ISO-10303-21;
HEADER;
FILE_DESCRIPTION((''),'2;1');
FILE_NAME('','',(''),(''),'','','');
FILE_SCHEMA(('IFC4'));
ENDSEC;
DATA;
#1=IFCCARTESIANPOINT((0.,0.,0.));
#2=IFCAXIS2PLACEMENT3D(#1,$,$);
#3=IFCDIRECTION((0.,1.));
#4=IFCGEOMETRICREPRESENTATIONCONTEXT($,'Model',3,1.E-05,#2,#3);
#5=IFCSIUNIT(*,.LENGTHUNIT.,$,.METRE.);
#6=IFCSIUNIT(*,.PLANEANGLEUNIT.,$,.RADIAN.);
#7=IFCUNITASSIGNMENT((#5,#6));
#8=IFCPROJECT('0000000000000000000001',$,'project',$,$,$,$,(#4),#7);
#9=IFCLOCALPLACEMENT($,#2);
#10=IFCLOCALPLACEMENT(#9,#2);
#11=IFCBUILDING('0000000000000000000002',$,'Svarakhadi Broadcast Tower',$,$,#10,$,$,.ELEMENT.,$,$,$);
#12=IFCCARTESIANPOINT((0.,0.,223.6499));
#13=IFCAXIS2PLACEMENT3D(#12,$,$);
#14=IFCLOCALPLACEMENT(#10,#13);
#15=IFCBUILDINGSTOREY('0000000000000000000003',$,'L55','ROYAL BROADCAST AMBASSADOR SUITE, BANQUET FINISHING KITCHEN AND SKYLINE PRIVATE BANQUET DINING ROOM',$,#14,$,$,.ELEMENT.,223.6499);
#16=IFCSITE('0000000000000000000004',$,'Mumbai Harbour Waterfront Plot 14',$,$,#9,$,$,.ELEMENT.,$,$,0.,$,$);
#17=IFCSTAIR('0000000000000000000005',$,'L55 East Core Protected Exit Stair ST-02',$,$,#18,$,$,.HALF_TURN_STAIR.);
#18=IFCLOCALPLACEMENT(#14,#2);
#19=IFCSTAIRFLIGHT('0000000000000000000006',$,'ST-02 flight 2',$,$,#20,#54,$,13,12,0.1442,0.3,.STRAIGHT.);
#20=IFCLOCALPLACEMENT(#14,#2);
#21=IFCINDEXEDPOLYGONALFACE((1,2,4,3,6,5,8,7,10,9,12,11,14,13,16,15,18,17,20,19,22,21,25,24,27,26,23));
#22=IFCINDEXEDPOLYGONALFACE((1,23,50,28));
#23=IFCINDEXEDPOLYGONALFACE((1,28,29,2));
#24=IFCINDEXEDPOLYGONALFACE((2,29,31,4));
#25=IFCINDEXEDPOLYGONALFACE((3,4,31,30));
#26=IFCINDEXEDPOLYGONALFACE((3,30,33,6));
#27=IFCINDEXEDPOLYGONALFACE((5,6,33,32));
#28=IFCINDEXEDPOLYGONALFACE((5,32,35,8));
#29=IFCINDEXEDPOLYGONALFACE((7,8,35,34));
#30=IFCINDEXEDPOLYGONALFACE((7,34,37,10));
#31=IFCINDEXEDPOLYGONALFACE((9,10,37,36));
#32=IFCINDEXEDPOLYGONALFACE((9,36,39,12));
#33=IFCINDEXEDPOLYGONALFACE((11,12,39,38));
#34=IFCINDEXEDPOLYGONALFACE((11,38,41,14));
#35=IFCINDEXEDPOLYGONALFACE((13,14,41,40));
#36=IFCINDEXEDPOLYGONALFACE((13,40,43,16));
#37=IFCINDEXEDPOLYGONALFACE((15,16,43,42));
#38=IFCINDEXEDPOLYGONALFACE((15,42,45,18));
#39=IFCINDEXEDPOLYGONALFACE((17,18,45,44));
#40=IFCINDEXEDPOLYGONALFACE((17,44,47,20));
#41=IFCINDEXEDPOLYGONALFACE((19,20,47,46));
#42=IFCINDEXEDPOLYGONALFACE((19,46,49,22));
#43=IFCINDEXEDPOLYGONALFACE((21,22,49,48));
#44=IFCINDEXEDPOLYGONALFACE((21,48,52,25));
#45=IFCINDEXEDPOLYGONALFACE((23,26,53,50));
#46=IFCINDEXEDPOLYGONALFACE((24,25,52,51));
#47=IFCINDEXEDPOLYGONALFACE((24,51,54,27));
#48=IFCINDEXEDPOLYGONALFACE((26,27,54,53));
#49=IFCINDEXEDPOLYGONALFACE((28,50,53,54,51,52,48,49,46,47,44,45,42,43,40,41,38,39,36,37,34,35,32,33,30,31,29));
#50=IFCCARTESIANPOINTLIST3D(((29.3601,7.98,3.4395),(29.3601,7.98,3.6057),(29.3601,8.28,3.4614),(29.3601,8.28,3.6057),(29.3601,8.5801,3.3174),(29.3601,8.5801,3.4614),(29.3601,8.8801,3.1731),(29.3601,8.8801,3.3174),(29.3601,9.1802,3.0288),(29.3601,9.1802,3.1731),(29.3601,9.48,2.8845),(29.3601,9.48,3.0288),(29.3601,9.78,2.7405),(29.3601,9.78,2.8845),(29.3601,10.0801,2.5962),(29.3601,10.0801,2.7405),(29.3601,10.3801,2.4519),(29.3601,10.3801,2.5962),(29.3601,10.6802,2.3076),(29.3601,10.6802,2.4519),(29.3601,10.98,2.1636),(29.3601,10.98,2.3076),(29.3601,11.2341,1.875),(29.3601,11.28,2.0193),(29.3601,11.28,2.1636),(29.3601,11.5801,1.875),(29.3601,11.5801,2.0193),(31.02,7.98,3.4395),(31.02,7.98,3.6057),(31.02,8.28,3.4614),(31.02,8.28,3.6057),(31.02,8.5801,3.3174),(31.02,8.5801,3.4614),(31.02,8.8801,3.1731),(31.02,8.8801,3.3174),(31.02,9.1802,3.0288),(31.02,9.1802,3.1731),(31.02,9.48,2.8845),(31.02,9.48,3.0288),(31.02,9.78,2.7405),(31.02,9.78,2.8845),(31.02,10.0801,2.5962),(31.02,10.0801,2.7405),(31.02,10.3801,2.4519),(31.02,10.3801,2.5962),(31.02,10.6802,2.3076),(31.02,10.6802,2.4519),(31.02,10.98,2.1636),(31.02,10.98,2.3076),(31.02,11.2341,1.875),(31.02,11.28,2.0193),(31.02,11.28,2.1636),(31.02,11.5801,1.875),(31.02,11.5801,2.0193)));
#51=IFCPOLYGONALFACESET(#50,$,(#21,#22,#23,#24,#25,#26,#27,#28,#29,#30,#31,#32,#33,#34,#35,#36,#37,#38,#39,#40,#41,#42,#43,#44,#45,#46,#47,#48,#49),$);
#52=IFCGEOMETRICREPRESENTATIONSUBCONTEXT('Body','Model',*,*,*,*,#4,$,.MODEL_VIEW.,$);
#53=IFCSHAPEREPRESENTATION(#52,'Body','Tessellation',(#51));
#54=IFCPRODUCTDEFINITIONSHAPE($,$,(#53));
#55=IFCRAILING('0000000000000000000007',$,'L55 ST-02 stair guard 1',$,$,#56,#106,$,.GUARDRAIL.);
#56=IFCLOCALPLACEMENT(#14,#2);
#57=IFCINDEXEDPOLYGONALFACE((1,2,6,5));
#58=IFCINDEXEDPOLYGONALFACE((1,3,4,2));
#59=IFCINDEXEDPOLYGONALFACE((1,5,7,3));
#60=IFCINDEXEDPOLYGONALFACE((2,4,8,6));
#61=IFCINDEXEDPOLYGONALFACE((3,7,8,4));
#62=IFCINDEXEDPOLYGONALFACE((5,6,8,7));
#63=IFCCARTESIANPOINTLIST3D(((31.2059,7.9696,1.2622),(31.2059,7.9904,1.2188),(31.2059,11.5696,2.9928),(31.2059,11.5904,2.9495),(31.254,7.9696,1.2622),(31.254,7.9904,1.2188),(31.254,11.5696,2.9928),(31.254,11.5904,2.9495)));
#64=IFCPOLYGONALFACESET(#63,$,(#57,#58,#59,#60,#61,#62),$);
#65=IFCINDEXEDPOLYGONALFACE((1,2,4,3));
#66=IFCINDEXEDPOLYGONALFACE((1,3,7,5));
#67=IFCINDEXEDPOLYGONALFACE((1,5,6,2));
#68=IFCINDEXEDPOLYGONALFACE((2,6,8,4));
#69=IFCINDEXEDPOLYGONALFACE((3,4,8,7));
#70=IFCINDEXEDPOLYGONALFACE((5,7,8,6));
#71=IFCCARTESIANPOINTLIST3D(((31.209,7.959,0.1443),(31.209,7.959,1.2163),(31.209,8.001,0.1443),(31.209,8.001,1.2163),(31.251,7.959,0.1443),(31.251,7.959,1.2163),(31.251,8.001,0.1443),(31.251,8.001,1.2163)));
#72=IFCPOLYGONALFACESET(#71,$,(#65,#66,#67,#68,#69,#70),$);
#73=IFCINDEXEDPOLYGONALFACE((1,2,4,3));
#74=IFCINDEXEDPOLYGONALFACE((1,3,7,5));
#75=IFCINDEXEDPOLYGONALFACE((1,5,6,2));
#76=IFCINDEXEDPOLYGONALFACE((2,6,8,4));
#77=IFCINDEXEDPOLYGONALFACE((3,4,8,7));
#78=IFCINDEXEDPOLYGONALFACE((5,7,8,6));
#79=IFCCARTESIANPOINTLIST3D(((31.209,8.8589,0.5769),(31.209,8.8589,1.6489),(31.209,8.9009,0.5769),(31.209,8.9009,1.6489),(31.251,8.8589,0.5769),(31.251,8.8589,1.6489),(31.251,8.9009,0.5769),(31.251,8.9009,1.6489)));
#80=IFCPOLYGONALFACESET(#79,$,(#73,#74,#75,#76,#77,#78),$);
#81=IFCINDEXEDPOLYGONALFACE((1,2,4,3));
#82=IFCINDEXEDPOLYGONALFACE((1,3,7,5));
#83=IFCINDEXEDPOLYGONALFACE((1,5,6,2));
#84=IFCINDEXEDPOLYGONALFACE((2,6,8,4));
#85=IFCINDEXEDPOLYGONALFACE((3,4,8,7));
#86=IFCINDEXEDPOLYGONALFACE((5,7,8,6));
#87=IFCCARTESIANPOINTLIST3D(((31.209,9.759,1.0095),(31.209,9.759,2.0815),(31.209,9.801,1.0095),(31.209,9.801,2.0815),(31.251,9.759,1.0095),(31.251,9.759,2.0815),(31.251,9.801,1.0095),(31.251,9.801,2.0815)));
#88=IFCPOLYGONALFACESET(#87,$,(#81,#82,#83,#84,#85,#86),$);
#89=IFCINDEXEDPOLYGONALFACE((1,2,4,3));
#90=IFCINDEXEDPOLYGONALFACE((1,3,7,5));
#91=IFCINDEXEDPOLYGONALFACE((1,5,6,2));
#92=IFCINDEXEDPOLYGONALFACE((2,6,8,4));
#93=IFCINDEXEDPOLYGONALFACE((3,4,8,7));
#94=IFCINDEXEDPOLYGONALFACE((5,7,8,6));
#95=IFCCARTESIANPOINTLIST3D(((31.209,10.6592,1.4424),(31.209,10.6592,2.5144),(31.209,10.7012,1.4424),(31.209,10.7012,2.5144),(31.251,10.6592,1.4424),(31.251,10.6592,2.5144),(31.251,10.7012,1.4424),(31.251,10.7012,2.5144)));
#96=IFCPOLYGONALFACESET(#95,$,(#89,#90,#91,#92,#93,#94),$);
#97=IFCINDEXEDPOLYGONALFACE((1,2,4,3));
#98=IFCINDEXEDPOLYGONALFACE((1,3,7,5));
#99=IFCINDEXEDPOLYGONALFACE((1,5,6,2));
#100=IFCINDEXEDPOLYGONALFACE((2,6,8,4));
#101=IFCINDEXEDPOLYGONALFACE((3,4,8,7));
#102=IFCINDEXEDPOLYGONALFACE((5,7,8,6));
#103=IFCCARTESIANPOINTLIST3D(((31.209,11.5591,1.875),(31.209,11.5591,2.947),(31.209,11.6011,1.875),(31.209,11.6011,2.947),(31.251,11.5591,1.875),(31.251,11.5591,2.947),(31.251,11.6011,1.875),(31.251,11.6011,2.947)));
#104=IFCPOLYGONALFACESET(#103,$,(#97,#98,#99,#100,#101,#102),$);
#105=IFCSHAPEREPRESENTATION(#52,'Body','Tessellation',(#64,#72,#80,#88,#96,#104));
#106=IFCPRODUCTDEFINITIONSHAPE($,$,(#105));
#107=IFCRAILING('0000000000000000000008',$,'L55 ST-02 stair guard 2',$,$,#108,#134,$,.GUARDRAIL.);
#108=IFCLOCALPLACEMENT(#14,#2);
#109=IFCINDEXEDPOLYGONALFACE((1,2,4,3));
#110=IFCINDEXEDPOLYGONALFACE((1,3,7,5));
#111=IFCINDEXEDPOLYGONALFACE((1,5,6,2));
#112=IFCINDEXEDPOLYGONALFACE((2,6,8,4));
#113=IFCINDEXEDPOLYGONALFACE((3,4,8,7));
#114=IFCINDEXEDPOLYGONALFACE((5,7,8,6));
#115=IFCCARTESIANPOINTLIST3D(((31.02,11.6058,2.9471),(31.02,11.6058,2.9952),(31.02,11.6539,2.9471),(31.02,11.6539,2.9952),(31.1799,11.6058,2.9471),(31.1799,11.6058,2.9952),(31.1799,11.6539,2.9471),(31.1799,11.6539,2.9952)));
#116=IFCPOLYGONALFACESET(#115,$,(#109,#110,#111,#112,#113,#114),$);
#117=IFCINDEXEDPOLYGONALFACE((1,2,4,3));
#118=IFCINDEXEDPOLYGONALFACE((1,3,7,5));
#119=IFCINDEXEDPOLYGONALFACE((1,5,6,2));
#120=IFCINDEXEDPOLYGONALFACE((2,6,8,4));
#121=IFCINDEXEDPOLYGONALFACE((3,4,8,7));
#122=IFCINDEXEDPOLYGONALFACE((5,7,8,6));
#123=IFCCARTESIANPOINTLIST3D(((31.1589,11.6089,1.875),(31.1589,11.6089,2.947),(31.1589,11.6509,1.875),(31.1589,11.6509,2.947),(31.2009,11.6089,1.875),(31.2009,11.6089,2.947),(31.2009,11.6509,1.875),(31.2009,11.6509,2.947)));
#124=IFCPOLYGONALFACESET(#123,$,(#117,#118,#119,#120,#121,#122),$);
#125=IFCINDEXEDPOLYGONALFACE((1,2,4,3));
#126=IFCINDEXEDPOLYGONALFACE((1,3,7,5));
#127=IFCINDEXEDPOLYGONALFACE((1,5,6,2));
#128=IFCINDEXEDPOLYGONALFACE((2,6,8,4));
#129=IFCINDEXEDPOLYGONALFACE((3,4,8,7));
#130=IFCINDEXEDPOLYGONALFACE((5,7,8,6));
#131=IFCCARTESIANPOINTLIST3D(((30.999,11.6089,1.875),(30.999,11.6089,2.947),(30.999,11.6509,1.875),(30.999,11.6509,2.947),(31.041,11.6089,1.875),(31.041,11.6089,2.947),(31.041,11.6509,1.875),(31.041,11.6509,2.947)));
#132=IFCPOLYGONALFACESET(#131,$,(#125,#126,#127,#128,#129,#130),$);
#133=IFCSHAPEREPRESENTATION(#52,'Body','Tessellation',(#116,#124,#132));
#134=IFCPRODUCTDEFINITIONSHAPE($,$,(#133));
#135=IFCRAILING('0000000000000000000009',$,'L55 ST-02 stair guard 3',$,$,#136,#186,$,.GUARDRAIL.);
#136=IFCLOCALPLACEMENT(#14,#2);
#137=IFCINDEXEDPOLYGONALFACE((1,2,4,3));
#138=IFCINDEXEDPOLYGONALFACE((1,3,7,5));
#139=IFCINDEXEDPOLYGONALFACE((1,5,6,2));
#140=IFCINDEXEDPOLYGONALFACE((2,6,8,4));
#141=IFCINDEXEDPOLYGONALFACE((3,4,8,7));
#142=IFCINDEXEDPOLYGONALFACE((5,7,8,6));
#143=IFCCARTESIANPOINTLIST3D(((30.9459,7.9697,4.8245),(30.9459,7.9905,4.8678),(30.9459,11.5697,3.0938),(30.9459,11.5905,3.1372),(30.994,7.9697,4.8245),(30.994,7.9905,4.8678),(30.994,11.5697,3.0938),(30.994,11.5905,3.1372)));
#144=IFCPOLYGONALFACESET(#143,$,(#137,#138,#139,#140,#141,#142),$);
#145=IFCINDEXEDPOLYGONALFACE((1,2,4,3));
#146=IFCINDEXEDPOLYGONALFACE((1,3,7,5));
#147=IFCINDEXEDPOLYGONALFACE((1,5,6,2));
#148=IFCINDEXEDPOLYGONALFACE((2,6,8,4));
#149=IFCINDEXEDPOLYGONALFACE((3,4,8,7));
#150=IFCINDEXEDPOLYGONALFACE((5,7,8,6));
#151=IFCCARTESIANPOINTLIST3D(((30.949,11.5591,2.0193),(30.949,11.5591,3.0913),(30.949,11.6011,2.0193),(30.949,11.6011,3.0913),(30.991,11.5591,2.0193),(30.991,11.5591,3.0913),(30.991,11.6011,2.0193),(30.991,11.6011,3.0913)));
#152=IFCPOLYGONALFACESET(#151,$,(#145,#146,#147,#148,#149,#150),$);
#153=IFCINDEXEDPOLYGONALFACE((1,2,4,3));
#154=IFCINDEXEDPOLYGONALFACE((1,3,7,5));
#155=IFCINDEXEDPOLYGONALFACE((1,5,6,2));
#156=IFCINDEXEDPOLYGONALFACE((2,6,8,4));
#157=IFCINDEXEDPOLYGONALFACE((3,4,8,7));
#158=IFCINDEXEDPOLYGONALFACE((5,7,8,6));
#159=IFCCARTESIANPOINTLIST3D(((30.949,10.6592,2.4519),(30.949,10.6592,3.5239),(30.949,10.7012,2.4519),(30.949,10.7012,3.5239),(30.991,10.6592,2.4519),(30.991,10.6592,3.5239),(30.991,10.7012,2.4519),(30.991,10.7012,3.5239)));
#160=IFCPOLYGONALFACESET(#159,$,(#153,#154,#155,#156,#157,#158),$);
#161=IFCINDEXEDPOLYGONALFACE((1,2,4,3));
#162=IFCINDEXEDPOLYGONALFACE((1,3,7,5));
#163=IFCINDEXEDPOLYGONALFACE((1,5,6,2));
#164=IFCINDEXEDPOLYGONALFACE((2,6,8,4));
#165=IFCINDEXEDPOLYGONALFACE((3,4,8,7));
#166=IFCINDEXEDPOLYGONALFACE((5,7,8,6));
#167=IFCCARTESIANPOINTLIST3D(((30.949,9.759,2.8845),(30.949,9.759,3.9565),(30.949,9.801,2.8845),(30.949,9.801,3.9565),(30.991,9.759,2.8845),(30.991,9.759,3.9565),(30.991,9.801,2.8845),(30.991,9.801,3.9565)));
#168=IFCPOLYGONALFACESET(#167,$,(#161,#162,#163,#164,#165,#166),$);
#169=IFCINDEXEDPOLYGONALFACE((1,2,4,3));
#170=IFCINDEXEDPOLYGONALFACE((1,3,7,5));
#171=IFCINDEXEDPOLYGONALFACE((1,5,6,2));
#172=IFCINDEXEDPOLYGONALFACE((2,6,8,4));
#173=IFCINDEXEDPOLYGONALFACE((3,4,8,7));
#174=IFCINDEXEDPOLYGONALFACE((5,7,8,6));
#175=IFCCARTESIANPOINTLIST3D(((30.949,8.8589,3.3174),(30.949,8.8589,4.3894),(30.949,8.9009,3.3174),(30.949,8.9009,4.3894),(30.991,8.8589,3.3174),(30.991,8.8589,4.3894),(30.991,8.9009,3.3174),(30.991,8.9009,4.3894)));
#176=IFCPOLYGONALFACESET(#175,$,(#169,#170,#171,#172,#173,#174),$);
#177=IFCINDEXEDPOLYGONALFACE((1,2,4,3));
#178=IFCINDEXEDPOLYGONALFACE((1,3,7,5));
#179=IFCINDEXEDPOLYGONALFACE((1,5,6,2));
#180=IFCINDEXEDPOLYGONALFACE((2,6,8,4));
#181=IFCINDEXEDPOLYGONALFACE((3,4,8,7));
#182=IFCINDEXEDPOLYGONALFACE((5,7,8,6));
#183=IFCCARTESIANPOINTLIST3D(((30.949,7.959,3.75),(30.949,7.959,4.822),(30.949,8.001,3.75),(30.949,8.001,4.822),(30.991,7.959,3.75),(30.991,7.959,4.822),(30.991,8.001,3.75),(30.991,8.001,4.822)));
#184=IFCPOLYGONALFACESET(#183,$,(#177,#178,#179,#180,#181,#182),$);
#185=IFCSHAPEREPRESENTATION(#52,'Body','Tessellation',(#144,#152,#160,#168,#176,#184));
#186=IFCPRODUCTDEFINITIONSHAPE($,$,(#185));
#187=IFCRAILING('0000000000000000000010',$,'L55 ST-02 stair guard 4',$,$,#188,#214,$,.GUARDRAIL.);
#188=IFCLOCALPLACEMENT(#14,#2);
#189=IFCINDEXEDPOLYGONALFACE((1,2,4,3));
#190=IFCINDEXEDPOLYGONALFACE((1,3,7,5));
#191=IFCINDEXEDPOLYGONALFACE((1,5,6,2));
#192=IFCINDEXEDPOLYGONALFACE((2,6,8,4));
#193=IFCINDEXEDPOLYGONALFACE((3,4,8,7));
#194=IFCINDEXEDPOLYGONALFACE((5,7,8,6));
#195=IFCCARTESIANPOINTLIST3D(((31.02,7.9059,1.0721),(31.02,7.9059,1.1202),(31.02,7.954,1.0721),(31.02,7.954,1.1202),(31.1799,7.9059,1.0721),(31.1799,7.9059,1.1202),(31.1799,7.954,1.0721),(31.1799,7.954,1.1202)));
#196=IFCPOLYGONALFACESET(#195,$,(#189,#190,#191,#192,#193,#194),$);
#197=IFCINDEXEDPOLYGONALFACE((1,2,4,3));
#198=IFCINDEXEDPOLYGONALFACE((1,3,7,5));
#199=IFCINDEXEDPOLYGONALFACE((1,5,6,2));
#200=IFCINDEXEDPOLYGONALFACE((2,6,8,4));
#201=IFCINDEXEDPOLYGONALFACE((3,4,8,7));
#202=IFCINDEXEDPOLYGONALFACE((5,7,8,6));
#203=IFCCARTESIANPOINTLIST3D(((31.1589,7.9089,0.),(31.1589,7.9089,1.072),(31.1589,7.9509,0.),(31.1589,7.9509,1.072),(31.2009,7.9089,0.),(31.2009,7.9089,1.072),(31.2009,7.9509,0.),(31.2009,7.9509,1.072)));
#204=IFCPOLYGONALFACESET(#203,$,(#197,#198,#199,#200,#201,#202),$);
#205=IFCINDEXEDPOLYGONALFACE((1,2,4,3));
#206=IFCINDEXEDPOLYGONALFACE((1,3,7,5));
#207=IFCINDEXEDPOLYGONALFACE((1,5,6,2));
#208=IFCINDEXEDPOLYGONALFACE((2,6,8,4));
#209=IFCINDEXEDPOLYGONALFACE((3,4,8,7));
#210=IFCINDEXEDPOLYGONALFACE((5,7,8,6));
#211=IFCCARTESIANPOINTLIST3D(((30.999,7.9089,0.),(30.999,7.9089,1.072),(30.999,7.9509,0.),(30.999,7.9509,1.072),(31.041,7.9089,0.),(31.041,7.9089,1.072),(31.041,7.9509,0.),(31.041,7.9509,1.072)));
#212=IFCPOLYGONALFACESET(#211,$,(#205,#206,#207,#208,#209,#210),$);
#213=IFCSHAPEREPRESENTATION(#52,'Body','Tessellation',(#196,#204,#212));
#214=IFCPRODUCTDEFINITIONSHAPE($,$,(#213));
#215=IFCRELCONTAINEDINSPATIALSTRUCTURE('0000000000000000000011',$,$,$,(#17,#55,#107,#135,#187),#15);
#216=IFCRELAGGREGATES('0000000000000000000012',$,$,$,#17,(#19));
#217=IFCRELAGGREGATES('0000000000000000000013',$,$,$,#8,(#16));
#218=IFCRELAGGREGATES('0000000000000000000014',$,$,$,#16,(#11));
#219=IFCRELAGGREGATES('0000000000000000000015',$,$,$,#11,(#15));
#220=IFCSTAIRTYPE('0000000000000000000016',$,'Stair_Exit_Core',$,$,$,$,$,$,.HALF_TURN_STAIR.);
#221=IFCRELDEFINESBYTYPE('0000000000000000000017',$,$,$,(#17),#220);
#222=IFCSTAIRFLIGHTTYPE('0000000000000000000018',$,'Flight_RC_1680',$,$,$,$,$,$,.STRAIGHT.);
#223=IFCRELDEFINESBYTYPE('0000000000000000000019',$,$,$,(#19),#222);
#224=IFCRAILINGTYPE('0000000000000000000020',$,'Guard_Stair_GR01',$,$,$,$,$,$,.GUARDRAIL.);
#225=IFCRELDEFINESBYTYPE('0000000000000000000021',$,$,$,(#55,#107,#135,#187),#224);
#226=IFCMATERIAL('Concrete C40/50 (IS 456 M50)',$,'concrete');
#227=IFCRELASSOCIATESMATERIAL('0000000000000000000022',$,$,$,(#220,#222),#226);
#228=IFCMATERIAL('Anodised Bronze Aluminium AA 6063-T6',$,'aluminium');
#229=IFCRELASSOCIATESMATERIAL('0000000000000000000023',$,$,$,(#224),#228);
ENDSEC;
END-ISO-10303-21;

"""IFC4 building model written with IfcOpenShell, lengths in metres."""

from ifc_helpers import new_model, si_unit, direction, frame, origin, origin_2d, place, context, subcontext, project, spatial, polyline, rectangle, outline, extrude, material, type_object, element, aggregate, save


model = new_model("IFC4")

# Units and contexts
model_context = context("Model", 3, precision=1e-05, world=origin(), true_north=direction((0.0, 1.0)))
body_context = subcontext(model_context, "Body", "Model", "MODEL_VIEW")
ifc_project = project(units=[si_unit("LENGTHUNIT", "METRE"), si_unit("PLANEANGLEUNIT", "RADIAN")], contexts=[model_context])

# Site, building, storey
site_placement = place(None, origin())
site = spatial("IfcSite", under=ifc_project, at=site_placement, Name="Mumbai Harbour Waterfront Plot 14", CompositionType="ELEMENT", RefElevation=0.0)
building_placement = place(site_placement, origin())
building = spatial("IfcBuilding", under=site, at=building_placement, Name="Svarakhadi Broadcast Tower", CompositionType="ELEMENT")
storey_placement = place(building_placement, frame((0.0, 0.0, 223.6499)))
storey = spatial("IfcBuildingStorey", under=building, at=storey_placement, Name="L55", Description="ROYAL BROADCAST AMBASSADOR SUITE, BANQUET FINISHING KITCHEN AND SKYLINE PRIVATE BANQUET DINING ROOM", CompositionType="ELEMENT", Elevation=223.6499)

# Shared definitions
ifc_material_1 = material(Name="Anodised Bronze Aluminium AA 6063-T6", Category="aluminium")

# Shared definitions
ifc_material_2 = material(Name="Concrete C40/50 (IS 456 M50)", Category="concrete")

# Stair, stair flight
stair_type = type_object("IfcStairType", Name="Stair_Exit_Core", PredefinedType="HALF_TURN_STAIR", material=ifc_material_2)
stair_placement = place(storey_placement, origin())
stair = element("IfcStair", 1, at=stair_placement, inside=storey, type_object=stair_type, Name="L55 East Core Protected Exit Stair ST-02", PredefinedType="HALF_TURN_STAIR")
stair_flight_type = type_object("IfcStairFlightType", Name="Flight_RC_1680", PredefinedType="STRAIGHT", material=ifc_material_2)
stair_flight_1_placement = place(storey_placement, frame((30.1899, 11.5801, 1.875), z_axis=(0.0, 0.0, 1.0), x_axis=(0.0, -1.0, 0.0)))
stair_flight_1 = element("IfcStairFlight", 2, at=stair_flight_1_placement, type_object=stair_flight_type, Name="ST-02 flight 2", NumberOfRisers=13, NumberOfTreads=12, PredefinedType="STRAIGHT", RiserHeight=0.1442, TreadLength=0.3, context=body_context, shape_type="SweptSolid", body=[
    extrude(outline(polyline([(0.0, 0.0), (0.0, 0.1443), (0.3, 0.1443), (0.3, 0.2886), (0.6001, 0.2886), (0.6001, 0.4326), (0.8999, 0.4326), (0.8999, 0.5769), (1.2, 0.5769), (1.2, 0.7212), (1.5, 0.7212), (1.5, 0.8655), (1.8, 0.8655), (1.8, 1.0095), (2.1001, 1.0095), (2.1001, 1.1538), (2.3999, 1.1538), (2.3999, 1.2981), (2.7, 1.2981), (2.7, 1.4424), (3.0, 1.4424), (3.0, 1.5864), (3.3, 1.5864), (3.3, 1.7307), (3.6001, 1.7307), (3.6001, 1.875), (3.6001, 1.5645), (0.3459, 0.0), (0.0, 0.0)])), frame((0.0, 0.8301, 0.0), z_axis=(0.0, -1.0, 0.0), x_axis=(1.0, 0.0, 0.0)), (0.0, 0.0, 1.0), 1.6599),
])
aggregate(stair, [stair_flight_1])

# Railings
railing_type_1 = type_object("IfcRailingType", Name="Guard_Stair_GR01", PredefinedType="GUARDRAIL", material=ifc_material_1)
railing_1_placement = place(storey_placement, frame((31.23, 7.98, 0.1443)))
element("IfcRailing", 3, at=railing_1_placement, inside=storey, type_object=railing_type_1, Name="L55 ST-02 stair guard 1", PredefinedType="GUARDRAIL", context=body_context, shape_type="SweptSolid", body=[
    extrude(rectangle(XDim=0.0481, YDim=0.0481, at=origin_2d()), frame((0.0, 0.0, 1.0962), z_axis=(0.0, 0.901263, 0.433273), x_axis=(-1.0, 0.0, 0.0)), (0.0, 0.0, 1.0), 3.9944),
    extrude(rectangle(XDim=0.042, YDim=0.042, at=origin_2d()), origin(), (0.0, 0.0, 1.0), 1.072),
    extrude(rectangle(XDim=0.042, YDim=0.042, at=origin_2d()), frame((0.0, 0.8999, 0.4326)), (0.0, 0.0, 1.0), 1.072),
    extrude(rectangle(XDim=0.042, YDim=0.042, at=origin_2d()), frame((0.0, 1.8, 0.8652)), (0.0, 0.0, 1.0), 1.072),
    extrude(rectangle(XDim=0.042, YDim=0.042, at=origin_2d()), frame((0.0, 2.7002, 1.2981)), (0.0, 0.0, 1.0), 1.072),
    extrude(rectangle(XDim=0.042, YDim=0.042, at=origin_2d()), frame((0.0, 3.6001, 1.7307)), (0.0, 0.0, 1.0), 1.072),
])
railing_2_placement = place(storey_placement, frame((31.1799, 11.6299, 1.875)))
element("IfcRailing", 4, at=railing_2_placement, inside=storey, type_object=railing_type_1, Name="L55 ST-02 stair guard 2", PredefinedType="GUARDRAIL", context=body_context, shape_type="SweptSolid", body=[
    extrude(rectangle(XDim=0.0481, YDim=0.0481, at=origin_2d()), frame((0.0, 0.0, 1.0962), z_axis=(-1.0, 0.0, 0.0), x_axis=(0.0, -1.0, 0.0)), (0.0, 0.0, 1.0), 0.1599),
    extrude(rectangle(XDim=0.042, YDim=0.042, at=origin_2d()), origin(), (0.0, 0.0, 1.0), 1.072),
    extrude(rectangle(XDim=0.042, YDim=0.042, at=origin_2d()), frame((-0.1599, 0.0, 0.0)), (0.0, 0.0, 1.0), 1.072),
])
railing_3_placement = place(storey_placement, frame((30.97, 11.5801, 2.0193)))
element("IfcRailing", 5, at=railing_3_placement, inside=storey, type_object=railing_type_1, Name="L55 ST-02 stair guard 3", PredefinedType="GUARDRAIL", context=body_context, shape_type="SweptSolid", body=[
    extrude(rectangle(XDim=0.0481, YDim=0.0481, at=origin_2d()), frame((0.0, 0.0, 1.0962), z_axis=(0.0, -0.901263, 0.433273), x_axis=(1.0, 0.0, 0.0)), (0.0, 0.0, 1.0), 3.9944),
    extrude(rectangle(XDim=0.042, YDim=0.042, at=origin_2d()), origin(), (0.0, 0.0, 1.0), 1.072),
    extrude(rectangle(XDim=0.042, YDim=0.042, at=origin_2d()), frame((0.0, -0.8999, 0.4326)), (0.0, 0.0, 1.0), 1.072),
    extrude(rectangle(XDim=0.042, YDim=0.042, at=origin_2d()), frame((0.0, -1.8, 0.8652)), (0.0, 0.0, 1.0), 1.072),
    extrude(rectangle(XDim=0.042, YDim=0.042, at=origin_2d()), frame((0.0, -2.7002, 1.2981)), (0.0, 0.0, 1.0), 1.072),
    extrude(rectangle(XDim=0.042, YDim=0.042, at=origin_2d()), frame((0.0, -3.6001, 1.7307)), (0.0, 0.0, 1.0), 1.072),
])
railing_4_placement = place(storey_placement, frame((31.1799, 7.9299, 0.0)))
element("IfcRailing", 6, at=railing_4_placement, inside=storey, type_object=railing_type_1, Name="L55 ST-02 stair guard 4", PredefinedType="GUARDRAIL", context=body_context, shape_type="SweptSolid", body=[
    extrude(rectangle(XDim=0.0481, YDim=0.0481, at=origin_2d()), frame((0.0, 0.0, 1.0962), z_axis=(-1.0, 0.0, 0.0), x_axis=(0.0, -1.0, 0.0)), (0.0, 0.0, 1.0), 0.1599),
    extrude(rectangle(XDim=0.042, YDim=0.042, at=origin_2d()), origin(), (0.0, 0.0, 1.0), 1.072),
    extrude(rectangle(XDim=0.042, YDim=0.042, at=origin_2d()), frame((-0.1599, 0.0, 0.0)), (0.0, 0.0, 1.0), 1.072),
])

save(model, "model.ifc")
